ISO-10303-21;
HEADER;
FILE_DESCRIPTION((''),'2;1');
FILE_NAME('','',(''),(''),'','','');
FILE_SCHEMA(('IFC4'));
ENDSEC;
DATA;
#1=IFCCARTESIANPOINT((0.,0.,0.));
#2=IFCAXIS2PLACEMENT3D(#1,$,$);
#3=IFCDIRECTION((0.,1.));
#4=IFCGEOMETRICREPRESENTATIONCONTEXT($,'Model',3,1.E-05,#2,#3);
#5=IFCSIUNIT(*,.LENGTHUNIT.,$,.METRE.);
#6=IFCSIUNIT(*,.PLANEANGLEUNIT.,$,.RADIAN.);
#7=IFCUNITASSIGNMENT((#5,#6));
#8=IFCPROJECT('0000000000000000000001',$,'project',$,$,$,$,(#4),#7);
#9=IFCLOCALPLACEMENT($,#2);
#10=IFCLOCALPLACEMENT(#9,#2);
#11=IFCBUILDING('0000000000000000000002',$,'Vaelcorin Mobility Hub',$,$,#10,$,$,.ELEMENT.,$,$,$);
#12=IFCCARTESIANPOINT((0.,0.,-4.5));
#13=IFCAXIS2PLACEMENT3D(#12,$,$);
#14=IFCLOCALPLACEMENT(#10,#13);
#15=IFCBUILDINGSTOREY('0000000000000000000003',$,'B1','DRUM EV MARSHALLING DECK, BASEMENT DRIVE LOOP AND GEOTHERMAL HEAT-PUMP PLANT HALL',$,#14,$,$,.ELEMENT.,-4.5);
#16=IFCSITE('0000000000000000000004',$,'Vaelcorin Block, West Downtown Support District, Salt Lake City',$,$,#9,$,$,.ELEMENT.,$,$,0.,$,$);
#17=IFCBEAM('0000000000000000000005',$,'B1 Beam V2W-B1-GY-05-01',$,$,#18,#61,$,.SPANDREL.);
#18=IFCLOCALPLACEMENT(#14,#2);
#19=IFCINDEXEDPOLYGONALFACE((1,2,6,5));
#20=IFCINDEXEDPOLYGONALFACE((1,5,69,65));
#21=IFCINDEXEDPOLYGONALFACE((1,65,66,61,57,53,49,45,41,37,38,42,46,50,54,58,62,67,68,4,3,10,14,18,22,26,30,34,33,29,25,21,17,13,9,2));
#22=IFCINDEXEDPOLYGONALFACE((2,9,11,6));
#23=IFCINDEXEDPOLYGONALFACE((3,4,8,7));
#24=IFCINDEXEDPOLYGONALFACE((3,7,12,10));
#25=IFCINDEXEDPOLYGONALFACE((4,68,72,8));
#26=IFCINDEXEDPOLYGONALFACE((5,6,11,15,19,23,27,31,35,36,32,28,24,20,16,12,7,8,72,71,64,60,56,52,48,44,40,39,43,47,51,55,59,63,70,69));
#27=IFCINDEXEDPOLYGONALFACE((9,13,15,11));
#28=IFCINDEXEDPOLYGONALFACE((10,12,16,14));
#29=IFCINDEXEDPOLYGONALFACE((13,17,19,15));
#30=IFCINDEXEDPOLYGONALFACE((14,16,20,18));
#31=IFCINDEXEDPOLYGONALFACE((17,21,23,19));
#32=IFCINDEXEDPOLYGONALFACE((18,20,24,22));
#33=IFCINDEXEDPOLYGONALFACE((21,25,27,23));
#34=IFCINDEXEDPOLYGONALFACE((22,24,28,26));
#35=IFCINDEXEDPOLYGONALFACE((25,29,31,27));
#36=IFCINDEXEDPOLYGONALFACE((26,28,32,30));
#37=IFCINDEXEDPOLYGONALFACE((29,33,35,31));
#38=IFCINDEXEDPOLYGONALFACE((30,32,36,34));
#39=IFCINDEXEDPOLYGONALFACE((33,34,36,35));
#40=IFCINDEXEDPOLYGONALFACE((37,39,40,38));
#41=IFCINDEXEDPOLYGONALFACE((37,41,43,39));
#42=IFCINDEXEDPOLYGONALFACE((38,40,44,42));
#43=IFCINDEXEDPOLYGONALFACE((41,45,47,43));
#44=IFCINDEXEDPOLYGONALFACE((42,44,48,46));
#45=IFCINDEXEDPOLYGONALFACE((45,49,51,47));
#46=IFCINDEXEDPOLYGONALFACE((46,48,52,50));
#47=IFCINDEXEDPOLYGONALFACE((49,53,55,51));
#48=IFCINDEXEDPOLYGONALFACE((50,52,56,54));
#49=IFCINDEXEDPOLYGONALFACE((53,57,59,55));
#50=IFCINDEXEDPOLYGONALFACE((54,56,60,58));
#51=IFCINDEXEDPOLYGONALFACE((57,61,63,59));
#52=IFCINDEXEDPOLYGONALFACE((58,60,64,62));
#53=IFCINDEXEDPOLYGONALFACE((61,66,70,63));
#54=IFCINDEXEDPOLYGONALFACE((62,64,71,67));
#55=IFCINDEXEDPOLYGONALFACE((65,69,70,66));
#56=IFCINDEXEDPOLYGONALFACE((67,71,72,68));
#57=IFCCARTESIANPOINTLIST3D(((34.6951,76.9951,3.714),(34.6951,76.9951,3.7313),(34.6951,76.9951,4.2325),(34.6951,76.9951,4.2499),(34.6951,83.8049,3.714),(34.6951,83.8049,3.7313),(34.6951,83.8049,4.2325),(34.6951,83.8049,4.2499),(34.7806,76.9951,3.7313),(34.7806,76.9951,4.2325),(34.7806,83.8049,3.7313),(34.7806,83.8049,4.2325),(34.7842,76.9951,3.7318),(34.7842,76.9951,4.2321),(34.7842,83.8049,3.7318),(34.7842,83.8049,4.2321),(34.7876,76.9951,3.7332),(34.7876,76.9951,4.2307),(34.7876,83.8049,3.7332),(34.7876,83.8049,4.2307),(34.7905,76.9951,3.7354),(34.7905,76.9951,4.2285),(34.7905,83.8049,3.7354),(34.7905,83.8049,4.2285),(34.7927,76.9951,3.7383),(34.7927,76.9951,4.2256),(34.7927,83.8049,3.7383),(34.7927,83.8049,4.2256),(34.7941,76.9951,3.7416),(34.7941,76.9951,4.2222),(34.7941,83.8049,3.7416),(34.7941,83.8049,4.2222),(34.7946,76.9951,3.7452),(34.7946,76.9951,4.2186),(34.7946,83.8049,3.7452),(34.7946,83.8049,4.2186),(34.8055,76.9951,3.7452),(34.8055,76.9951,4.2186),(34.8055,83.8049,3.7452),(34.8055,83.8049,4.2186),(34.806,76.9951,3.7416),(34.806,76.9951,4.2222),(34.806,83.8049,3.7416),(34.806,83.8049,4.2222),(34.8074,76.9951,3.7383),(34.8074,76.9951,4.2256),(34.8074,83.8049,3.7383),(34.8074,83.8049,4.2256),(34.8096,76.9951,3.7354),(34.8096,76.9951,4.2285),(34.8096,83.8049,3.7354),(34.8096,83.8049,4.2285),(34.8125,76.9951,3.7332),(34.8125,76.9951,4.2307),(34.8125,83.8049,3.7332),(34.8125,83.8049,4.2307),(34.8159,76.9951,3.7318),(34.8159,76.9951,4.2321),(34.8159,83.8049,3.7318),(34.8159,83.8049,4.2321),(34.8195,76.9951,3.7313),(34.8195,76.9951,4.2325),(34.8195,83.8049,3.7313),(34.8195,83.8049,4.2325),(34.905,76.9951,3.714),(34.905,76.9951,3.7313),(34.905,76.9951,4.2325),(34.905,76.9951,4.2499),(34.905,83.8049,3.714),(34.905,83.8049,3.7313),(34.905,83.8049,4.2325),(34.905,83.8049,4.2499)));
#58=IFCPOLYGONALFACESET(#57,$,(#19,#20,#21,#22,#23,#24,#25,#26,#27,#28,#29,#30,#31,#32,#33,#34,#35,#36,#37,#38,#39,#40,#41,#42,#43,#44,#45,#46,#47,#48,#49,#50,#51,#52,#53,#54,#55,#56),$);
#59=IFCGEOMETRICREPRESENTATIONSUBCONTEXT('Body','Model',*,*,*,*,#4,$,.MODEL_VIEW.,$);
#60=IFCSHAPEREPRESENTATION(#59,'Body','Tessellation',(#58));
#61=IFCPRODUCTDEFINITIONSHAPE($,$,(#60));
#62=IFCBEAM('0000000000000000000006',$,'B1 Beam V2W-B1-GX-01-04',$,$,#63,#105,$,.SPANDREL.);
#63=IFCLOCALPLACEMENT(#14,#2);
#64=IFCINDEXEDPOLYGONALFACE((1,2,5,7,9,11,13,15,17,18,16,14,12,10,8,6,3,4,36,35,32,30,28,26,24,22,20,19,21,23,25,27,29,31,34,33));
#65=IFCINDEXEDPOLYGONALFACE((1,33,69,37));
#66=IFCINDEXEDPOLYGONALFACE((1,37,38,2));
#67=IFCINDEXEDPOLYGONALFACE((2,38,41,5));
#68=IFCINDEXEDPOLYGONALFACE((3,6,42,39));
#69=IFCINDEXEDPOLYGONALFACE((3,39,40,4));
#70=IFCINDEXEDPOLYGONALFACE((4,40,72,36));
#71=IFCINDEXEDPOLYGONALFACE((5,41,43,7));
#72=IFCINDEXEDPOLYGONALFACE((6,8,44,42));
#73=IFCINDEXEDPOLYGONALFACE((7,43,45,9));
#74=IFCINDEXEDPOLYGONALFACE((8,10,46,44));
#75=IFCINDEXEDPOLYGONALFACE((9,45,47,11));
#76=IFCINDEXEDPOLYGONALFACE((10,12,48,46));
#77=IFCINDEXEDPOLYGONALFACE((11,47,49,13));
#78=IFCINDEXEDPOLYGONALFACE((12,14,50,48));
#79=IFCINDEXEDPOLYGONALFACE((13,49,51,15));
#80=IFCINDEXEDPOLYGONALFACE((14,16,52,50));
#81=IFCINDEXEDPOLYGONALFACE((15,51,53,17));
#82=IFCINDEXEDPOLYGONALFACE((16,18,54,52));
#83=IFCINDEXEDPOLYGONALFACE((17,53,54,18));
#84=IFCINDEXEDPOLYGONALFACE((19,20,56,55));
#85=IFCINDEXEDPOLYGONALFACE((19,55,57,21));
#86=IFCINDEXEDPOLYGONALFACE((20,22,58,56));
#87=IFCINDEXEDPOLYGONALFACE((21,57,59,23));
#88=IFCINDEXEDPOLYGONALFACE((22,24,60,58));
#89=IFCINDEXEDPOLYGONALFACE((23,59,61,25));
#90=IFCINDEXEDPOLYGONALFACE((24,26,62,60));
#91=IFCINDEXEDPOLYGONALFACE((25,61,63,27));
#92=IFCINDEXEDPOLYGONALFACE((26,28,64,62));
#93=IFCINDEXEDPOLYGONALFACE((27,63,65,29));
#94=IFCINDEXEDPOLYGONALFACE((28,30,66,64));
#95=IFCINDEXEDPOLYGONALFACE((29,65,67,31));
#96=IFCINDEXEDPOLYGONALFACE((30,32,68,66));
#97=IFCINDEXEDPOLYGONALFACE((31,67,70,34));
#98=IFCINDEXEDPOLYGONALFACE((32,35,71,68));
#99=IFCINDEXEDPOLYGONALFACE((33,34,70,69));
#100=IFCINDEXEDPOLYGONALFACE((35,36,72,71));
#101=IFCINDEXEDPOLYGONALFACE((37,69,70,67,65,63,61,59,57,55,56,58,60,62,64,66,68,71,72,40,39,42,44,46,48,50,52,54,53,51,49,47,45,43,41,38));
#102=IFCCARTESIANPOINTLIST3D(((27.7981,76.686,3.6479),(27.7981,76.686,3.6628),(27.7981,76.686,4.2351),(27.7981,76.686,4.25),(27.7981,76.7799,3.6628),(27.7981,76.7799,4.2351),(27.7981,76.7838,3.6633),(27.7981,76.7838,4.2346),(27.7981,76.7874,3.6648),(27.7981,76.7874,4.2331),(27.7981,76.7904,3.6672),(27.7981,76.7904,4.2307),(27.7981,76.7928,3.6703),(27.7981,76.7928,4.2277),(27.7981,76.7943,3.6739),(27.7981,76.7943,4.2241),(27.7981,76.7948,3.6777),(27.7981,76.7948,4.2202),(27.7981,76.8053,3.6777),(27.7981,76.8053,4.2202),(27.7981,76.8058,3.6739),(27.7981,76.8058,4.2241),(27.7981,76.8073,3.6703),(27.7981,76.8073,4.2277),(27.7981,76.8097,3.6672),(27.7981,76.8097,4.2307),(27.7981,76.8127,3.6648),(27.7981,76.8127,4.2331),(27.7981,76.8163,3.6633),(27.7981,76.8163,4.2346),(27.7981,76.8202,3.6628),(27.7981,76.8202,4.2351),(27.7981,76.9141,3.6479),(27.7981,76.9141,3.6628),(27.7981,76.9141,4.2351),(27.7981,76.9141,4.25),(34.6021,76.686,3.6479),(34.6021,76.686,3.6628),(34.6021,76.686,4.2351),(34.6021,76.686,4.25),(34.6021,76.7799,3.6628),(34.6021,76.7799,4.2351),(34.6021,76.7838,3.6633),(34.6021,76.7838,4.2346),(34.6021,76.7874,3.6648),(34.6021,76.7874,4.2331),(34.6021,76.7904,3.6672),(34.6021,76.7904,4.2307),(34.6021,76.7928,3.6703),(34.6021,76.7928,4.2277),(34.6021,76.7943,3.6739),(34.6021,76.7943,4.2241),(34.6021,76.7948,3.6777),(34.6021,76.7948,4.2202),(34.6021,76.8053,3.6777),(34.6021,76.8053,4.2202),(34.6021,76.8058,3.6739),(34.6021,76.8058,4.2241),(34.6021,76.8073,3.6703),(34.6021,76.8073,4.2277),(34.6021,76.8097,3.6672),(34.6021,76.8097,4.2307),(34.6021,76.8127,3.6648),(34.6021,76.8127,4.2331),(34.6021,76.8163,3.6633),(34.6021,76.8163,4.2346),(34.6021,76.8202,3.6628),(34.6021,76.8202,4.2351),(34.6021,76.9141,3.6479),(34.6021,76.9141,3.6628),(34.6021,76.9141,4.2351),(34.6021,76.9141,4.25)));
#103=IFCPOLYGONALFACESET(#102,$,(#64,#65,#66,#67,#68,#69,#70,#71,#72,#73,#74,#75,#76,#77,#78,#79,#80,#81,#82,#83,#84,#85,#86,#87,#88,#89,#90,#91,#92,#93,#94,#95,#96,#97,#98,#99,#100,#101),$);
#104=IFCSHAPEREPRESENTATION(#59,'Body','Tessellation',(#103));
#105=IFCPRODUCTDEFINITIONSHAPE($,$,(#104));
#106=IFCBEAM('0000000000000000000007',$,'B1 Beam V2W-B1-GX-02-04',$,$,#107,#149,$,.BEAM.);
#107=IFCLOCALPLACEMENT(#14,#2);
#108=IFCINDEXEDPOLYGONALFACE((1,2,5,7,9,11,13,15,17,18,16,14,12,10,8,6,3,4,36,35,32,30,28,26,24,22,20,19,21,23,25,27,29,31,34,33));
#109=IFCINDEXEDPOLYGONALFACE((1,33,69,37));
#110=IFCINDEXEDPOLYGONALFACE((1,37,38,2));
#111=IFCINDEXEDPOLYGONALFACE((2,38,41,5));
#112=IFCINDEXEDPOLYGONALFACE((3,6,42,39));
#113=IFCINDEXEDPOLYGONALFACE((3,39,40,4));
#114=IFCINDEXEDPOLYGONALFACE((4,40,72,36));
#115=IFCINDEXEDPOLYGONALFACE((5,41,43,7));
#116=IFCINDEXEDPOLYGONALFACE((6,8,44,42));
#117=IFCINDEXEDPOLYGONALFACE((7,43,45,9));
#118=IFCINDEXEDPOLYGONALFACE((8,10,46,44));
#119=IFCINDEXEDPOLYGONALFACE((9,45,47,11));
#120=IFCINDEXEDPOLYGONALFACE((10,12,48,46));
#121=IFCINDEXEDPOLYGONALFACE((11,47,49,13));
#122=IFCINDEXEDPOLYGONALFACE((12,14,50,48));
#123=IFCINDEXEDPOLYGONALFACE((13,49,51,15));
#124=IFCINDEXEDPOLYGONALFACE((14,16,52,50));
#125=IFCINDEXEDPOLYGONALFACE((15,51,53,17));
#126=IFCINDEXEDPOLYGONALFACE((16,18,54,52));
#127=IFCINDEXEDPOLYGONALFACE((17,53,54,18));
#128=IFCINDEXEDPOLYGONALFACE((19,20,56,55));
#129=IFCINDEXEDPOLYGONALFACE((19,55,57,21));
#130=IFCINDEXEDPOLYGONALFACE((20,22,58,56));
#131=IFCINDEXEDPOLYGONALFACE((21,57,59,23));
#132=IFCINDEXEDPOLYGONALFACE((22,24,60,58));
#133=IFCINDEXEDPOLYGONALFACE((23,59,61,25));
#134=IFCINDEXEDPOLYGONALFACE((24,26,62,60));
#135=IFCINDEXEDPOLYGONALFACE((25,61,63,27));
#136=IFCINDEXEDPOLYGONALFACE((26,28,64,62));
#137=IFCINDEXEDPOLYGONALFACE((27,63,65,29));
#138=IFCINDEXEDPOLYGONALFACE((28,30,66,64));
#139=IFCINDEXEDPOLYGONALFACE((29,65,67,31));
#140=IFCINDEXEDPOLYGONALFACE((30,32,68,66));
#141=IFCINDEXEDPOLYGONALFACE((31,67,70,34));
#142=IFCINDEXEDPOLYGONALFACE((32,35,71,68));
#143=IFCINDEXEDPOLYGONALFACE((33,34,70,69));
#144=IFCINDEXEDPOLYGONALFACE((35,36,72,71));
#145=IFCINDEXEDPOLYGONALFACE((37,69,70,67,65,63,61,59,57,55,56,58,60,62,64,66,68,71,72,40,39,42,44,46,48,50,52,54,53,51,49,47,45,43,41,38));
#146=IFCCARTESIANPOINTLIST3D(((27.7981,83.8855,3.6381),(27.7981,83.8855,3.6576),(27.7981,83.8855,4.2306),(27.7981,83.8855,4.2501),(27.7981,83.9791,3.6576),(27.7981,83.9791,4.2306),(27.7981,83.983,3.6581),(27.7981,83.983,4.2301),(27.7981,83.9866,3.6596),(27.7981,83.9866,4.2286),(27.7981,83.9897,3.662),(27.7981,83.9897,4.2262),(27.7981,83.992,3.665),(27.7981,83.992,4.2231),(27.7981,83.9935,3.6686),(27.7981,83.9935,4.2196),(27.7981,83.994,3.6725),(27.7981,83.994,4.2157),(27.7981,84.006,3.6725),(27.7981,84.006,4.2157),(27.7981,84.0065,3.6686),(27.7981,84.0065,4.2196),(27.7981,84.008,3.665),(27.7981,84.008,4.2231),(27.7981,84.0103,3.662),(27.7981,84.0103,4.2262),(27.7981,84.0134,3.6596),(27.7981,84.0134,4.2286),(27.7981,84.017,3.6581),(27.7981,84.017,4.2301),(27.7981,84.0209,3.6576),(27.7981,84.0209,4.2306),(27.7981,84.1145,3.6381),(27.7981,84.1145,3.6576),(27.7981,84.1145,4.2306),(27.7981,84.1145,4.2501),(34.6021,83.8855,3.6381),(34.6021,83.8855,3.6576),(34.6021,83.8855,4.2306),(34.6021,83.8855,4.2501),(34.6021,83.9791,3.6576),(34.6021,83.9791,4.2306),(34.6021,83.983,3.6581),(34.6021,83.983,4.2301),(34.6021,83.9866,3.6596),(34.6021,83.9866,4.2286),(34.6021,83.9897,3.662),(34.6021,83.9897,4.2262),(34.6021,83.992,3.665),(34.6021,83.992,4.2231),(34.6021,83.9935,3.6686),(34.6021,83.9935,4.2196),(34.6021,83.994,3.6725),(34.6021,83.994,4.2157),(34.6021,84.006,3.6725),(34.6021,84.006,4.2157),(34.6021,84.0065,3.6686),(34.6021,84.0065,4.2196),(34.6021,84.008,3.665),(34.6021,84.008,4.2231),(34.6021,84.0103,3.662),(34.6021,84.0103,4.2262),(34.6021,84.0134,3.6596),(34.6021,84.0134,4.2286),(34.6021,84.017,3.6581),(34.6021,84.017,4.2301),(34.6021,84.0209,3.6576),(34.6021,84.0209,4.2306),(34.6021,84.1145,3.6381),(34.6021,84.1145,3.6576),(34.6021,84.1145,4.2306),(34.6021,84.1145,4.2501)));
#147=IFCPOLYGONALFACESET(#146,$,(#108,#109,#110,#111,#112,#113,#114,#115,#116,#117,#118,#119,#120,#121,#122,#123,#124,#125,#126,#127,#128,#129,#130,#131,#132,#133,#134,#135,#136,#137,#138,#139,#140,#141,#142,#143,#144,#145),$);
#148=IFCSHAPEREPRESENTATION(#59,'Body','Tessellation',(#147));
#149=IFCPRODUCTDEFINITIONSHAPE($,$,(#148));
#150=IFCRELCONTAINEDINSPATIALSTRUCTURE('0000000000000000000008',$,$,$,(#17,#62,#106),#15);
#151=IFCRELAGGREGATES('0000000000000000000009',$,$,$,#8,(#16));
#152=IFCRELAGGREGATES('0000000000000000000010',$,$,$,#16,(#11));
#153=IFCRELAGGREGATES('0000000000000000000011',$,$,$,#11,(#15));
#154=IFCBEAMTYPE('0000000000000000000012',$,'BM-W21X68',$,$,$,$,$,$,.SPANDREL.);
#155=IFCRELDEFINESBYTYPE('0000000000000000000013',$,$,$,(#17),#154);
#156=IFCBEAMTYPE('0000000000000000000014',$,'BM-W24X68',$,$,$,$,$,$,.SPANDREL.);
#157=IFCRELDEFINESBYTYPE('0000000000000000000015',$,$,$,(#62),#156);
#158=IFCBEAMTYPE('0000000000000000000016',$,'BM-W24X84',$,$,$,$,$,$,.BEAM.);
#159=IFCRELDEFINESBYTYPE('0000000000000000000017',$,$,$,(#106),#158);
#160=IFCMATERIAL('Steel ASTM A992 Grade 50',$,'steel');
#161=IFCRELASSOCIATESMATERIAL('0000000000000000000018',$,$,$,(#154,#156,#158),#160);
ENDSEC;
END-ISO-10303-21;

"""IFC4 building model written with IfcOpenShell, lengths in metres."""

from ifc_helpers import new_model, si_unit, direction, frame, origin, origin_2d, place, context, subcontext, project, spatial, i_section, extrude, material, material_profile, profile_set, type_object, element, save


model = new_model("IFC4")

# Units and contexts
model_context = context("Model", 3, precision=1e-05, world=origin(), true_north=direction((0.0, 1.0)))
body_context = subcontext(model_context, "Body", "Model", "MODEL_VIEW")
ifc_project = project(units=[si_unit("LENGTHUNIT", "METRE"), si_unit("PLANEANGLEUNIT", "RADIAN")], contexts=[model_context])

# Site, building, storey
site_placement = place(None, origin())
site = spatial("IfcSite", under=ifc_project, at=site_placement, Name="Vaelcorin Block, West Downtown Support District, Salt Lake City", CompositionType="ELEMENT", RefElevation=0.0)
building_placement = place(site_placement, origin())
building = spatial("IfcBuilding", under=site, at=building_placement, Name="Vaelcorin Mobility Hub", CompositionType="ELEMENT")
storey_placement = place(building_placement, frame((0.0, 0.0, -4.5)))
storey = spatial("IfcBuildingStorey", under=building, at=storey_placement, Name="B1", Description="DRUM EV MARSHALLING DECK, BASEMENT DRIVE LOOP AND GEOTHERMAL HEAT-PUMP PLANT HALL", CompositionType="ELEMENT", Elevation=-4.5)

# Shared definitions
ifc_material_1 = material(Name="Steel ASTM A992 Grade 50", Category="steel")

# Beams
ifc_material_profile_1 = material_profile(ifc_material_1, i_section(OverallWidth=0.21, OverallDepth=0.5359, WebThickness=0.011, FlangeThickness=0.0173, FilletRadius=0.0139, at=origin_2d()), Name="W21X68")
ifc_profile_set_1 = profile_set([ifc_material_profile_1], Name="Steel ASTM A992 Grade 50")
beam_type_1 = type_object("IfcBeamType", Name="BM-W21X68", PredefinedType="SPANDREL", material=ifc_profile_set_1)
beam_1_placement = place(storey_placement, frame((34.8, 76.9951, 3.9819), z_axis=(0.0, 1.0, 0.0), x_axis=(-1.0, 0.0, 0.0)))
element("IfcBeam", 1, at=beam_1_placement, inside=storey, type_object=beam_type_1, Name="B1 Beam V2W-B1-GY-05-01", PredefinedType="SPANDREL", context=body_context, shape_type="SweptSolid", body=[
    extrude(i_section(OverallWidth=0.21, OverallDepth=0.5359, WebThickness=0.011, FlangeThickness=0.0173, FilletRadius=0.0139, at=origin_2d()), origin(), (0.0, 0.0, 1.0), 6.8098),
])
ifc_material_profile_2 = material_profile(ifc_material_1, i_section(OverallWidth=0.228, OverallDepth=0.6021, WebThickness=0.0105, FlangeThickness=0.0149, FilletRadius=0.0149, at=origin_2d()), Name="W24X68")
ifc_profile_set_2 = profile_set([ifc_material_profile_2], Name="Steel ASTM A992 Grade 50")
beam_type_2 = type_object("IfcBeamType", Name="BM-W24X68", PredefinedType="SPANDREL", material=ifc_profile_set_2)
beam_2_placement = place(storey_placement, frame((27.7981, 76.8, 3.949), z_axis=(1.0, 0.0, 0.0), x_axis=(0.0, 1.0, 0.0)))
element("IfcBeam", 2, at=beam_2_placement, inside=storey, type_object=beam_type_2, Name="B1 Beam V2W-B1-GX-01-04", PredefinedType="SPANDREL", context=body_context, shape_type="SweptSolid", body=[
    extrude(i_section(OverallWidth=0.228, OverallDepth=0.6021, WebThickness=0.0105, FlangeThickness=0.0149, FilletRadius=0.0149, at=origin_2d()), origin(), (0.0, 0.0, 1.0), 6.804),
])
ifc_material_profile_3 = material_profile(ifc_material_1, i_section(OverallWidth=0.229, OverallDepth=0.6121, WebThickness=0.012, FlangeThickness=0.0195, FilletRadius=0.0149, at=origin_2d()), Name="W24X84")
ifc_profile_set_3 = profile_set([ifc_material_profile_3], Name="Steel ASTM A992 Grade 50")
beam_type_3 = type_object("IfcBeamType", Name="BM-W24X84", PredefinedType="BEAM", material=ifc_profile_set_3)
beam_3_placement = place(storey_placement, frame((27.7981, 84.0, 3.9441), z_axis=(1.0, 0.0, 0.0), x_axis=(0.0, 1.0, 0.0)))
element("IfcBeam", 3, at=beam_3_placement, inside=storey, type_object=beam_type_3, Name="B1 Beam V2W-B1-GX-02-04", PredefinedType="BEAM", context=body_context, shape_type="SweptSolid", body=[
    extrude(i_section(OverallWidth=0.229, OverallDepth=0.6121, WebThickness=0.012, FlangeThickness=0.0195, FilletRadius=0.0149, at=origin_2d()), origin(), (0.0, 0.0, 1.0), 6.804),
])

save(model, "model.ifc")
